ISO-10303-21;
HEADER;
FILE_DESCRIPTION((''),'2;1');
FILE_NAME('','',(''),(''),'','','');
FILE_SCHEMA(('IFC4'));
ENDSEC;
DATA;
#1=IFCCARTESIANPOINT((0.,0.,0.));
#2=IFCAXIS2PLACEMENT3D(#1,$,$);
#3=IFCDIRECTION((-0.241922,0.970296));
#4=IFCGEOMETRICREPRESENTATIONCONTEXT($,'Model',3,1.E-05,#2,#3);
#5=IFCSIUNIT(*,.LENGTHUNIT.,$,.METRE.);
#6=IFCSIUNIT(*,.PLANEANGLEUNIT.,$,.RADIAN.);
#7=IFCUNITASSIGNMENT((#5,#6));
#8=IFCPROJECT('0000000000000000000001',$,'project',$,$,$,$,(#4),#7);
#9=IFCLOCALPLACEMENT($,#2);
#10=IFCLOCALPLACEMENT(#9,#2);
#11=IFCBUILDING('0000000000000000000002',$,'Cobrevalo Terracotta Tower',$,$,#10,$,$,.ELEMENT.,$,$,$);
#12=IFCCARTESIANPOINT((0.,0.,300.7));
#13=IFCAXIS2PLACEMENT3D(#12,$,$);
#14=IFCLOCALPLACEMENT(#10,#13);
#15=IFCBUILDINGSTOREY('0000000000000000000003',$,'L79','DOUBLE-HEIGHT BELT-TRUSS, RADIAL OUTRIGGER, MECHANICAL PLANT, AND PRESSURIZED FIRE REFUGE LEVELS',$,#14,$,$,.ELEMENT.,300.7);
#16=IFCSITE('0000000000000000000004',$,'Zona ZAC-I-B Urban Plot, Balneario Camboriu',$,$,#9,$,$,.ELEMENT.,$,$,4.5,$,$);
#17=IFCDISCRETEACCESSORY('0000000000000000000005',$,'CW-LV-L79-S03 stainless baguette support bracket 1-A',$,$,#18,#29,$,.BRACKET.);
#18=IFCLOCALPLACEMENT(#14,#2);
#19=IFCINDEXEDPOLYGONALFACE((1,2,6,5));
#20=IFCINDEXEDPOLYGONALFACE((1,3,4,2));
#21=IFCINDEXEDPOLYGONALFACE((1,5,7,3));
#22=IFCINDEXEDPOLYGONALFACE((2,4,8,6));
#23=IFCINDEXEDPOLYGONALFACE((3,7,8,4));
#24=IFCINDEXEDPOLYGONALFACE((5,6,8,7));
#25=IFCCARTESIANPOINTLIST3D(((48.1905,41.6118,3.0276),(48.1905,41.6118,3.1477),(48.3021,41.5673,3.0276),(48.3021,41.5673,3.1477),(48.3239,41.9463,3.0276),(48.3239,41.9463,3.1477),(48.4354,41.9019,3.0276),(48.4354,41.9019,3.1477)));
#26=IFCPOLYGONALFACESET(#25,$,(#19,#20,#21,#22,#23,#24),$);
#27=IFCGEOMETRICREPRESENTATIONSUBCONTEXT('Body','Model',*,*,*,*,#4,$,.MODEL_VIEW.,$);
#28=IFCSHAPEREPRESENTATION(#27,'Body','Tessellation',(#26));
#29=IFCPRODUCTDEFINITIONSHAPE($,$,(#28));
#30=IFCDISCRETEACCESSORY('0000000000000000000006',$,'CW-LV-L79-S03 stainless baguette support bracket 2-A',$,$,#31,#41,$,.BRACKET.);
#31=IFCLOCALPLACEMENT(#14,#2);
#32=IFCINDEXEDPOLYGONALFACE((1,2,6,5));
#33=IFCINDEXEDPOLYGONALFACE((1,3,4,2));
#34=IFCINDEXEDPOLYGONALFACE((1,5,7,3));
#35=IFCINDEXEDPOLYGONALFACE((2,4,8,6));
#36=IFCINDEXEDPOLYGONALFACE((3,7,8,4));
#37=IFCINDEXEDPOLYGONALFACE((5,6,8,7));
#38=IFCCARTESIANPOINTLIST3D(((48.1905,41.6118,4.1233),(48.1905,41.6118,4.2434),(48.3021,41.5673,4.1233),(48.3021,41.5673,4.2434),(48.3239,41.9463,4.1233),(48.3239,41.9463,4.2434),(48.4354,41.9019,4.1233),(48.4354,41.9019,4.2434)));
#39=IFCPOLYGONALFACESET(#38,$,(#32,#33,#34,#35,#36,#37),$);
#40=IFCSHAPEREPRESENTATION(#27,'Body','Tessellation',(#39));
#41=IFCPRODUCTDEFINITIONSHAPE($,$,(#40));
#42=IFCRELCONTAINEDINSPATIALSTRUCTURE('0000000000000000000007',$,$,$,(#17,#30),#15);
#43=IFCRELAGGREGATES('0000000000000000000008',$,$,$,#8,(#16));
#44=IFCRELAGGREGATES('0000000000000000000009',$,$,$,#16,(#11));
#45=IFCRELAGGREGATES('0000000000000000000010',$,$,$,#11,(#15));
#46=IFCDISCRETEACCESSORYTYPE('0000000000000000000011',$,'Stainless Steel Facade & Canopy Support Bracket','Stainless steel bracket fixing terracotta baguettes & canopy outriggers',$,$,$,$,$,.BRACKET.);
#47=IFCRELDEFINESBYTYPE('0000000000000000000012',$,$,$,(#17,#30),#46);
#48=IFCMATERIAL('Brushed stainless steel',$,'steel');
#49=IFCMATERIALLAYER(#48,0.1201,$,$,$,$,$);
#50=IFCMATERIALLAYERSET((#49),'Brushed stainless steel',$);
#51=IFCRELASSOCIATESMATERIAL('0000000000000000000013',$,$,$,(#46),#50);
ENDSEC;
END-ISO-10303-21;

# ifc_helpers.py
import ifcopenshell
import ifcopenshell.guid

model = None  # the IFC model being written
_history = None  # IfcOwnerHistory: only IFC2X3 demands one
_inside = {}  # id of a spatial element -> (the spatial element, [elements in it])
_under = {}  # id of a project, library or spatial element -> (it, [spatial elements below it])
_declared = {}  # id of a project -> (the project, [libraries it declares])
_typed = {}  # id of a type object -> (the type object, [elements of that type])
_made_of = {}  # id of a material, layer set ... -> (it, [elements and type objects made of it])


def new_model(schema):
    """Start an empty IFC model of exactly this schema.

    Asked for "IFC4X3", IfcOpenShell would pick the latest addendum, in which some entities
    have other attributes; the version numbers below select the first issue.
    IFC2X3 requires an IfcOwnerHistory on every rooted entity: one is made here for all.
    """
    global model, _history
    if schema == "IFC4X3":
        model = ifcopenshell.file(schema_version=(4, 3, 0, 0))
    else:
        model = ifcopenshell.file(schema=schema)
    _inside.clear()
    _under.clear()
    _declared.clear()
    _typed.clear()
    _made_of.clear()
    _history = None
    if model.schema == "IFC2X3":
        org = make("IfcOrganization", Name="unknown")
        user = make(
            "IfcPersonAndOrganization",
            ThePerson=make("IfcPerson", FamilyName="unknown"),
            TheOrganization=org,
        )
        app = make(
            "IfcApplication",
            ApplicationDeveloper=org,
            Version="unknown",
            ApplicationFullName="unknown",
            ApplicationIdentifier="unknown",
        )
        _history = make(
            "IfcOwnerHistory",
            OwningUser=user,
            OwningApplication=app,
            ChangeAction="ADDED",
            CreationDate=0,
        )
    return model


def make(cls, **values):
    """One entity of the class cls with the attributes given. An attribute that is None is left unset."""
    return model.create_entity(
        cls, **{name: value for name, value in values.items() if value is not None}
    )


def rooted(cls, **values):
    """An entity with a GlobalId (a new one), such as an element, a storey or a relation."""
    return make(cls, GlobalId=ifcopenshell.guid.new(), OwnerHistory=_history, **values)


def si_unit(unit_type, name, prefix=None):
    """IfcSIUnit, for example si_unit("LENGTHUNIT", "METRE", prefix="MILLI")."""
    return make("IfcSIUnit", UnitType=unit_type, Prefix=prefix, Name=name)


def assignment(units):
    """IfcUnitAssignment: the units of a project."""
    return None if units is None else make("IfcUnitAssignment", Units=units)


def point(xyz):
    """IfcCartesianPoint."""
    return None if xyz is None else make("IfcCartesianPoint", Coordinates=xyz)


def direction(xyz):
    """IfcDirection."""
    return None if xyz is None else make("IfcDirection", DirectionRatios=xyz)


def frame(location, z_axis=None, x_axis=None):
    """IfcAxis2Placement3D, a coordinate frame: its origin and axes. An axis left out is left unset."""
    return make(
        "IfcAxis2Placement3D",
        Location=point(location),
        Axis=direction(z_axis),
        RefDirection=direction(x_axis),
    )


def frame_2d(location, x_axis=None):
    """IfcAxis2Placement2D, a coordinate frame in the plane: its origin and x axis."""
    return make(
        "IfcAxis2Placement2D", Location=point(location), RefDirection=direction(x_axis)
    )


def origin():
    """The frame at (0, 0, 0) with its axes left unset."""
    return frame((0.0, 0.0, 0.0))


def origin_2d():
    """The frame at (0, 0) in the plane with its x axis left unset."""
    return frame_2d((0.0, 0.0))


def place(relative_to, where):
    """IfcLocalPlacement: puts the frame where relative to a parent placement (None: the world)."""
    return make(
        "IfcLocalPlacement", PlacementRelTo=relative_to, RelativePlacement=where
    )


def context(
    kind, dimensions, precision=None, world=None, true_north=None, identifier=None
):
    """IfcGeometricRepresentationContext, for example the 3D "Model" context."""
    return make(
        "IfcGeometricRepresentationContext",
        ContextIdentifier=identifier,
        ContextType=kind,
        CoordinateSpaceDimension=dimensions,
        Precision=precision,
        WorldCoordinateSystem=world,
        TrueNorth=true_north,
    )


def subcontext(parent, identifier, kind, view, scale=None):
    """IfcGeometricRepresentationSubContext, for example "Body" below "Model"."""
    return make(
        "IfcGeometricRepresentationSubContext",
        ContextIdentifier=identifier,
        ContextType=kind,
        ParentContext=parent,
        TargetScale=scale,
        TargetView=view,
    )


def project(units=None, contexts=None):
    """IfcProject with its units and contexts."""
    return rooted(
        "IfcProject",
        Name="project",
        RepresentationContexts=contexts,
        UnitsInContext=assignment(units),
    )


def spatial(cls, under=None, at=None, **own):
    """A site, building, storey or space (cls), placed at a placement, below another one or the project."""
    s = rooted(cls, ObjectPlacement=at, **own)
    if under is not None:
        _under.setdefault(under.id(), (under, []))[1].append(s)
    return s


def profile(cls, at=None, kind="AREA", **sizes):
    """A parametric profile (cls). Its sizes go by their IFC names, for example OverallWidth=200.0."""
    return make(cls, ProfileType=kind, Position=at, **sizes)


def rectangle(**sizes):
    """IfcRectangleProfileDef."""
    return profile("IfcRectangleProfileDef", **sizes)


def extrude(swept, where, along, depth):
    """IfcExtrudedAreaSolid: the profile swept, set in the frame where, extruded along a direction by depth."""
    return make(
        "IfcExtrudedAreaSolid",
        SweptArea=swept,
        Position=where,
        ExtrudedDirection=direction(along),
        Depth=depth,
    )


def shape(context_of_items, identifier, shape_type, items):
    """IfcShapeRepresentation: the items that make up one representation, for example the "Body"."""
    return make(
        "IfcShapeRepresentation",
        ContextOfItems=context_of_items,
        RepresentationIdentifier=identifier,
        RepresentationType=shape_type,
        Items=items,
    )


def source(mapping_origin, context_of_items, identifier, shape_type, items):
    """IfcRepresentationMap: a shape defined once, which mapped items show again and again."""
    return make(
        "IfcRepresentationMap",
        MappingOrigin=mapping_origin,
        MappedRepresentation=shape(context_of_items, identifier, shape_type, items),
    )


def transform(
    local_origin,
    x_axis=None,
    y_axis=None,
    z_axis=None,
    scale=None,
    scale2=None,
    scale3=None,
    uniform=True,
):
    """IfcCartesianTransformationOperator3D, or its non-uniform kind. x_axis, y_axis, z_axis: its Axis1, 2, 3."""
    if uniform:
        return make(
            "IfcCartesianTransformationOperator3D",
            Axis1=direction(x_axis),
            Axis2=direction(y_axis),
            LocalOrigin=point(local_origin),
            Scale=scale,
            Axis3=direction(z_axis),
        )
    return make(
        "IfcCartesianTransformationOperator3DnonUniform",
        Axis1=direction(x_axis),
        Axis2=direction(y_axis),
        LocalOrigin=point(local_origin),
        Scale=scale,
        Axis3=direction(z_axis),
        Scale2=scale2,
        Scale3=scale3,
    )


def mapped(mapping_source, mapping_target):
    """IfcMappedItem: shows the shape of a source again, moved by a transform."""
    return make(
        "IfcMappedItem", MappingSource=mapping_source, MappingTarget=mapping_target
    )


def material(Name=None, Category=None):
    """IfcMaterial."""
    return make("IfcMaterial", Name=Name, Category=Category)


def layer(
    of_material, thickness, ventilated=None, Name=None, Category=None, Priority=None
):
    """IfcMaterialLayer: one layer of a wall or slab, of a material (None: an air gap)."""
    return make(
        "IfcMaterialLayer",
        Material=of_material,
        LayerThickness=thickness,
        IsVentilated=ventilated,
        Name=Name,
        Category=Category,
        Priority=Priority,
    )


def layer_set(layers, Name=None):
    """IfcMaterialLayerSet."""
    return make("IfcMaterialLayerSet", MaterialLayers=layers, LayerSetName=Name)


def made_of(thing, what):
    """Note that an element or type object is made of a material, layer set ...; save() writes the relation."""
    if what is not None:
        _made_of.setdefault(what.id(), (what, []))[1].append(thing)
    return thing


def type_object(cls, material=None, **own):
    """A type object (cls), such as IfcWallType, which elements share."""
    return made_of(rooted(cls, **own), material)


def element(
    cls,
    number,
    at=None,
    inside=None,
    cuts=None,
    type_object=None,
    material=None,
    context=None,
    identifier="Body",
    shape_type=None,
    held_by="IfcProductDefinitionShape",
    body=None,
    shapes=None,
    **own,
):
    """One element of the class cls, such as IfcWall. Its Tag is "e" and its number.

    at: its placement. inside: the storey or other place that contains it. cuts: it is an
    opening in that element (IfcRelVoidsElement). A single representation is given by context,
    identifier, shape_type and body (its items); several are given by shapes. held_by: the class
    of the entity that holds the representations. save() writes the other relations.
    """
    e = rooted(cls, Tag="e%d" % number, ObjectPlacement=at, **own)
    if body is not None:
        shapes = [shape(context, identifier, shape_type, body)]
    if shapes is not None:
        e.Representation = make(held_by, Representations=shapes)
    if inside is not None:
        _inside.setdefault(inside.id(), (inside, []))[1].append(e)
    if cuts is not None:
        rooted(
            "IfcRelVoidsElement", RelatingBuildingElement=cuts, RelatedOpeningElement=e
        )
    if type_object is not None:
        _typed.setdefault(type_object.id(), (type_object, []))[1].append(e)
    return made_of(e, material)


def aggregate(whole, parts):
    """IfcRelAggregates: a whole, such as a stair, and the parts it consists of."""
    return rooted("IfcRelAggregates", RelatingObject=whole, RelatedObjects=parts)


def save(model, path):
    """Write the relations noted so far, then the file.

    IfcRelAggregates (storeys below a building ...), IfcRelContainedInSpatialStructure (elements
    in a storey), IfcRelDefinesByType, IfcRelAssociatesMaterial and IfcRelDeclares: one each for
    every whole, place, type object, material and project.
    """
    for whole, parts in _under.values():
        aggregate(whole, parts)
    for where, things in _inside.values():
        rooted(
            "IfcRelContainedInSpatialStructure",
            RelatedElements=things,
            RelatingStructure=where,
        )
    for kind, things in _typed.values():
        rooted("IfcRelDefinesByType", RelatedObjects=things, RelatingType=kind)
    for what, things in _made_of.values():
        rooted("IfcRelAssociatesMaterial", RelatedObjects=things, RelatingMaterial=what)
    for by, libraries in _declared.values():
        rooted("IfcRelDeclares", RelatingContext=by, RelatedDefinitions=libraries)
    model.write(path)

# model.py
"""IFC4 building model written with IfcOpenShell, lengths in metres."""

from ifc_helpers import new_model, si_unit, direction, frame, origin, origin_2d, place, context, subcontext, project, spatial, rectangle, extrude, source, transform, mapped, material, layer, layer_set, type_object, element, save


model = new_model("IFC4")

# Units and contexts
model_context = context("Model", 3, precision=1e-05, world=origin(), true_north=direction((-0.241922, 0.970296)))
body_context = subcontext(model_context, "Body", "Model", "MODEL_VIEW")
ifc_project = project(units=[si_unit("LENGTHUNIT", "METRE"), si_unit("PLANEANGLEUNIT", "RADIAN")], contexts=[model_context])

# Site, building, storey
site_placement = place(None, origin())
site = spatial("IfcSite", under=ifc_project, at=site_placement, Name="Zona ZAC-I-B Urban Plot, Balneario Camboriu", CompositionType="ELEMENT", RefElevation=4.5)
building_placement = place(site_placement, origin())
building = spatial("IfcBuilding", under=site, at=building_placement, Name="Cobrevalo Terracotta Tower", CompositionType="ELEMENT")
storey_placement = place(building_placement, frame((0.0, 0.0, 300.7)))
storey = spatial("IfcBuildingStorey", under=building, at=storey_placement, Name="L79", Description="DOUBLE-HEIGHT BELT-TRUSS, RADIAL OUTRIGGER, MECHANICAL PLANT, AND PRESSURIZED FIRE REFUGE LEVELS", CompositionType="ELEMENT", Elevation=300.7)

# Discrete accessories
ifc_material_1 = material(Name="Brushed stainless steel", Category="steel")
ifc_layer_1 = layer(ifc_material_1, 0.1201)
ifc_layer_set_1 = layer_set([ifc_layer_1], Name="Brushed stainless steel")
discrete_accessory_type = type_object("IfcDiscreteAccessoryType", Name="Stainless Steel Facade & Canopy Support Bracket", Description="Stainless steel bracket fixing terracotta baguettes & canopy outriggers", PredefinedType="BRACKET", material=ifc_layer_set_1)
shared_shape_1 = source(origin(), body_context, "Body", "SweptSolid", [
    extrude(rectangle(XDim=0.1201, YDim=0.3601, at=origin_2d()), origin(), (0.0, 0.0, 1.0), 0.1201),
])
for number, where, z_axis, x_axis, name in (
    (1, (48.313, 41.7568, 3.0276), (0.0, 0.0, 1.0), (-0.928925, 0.370269, 0.0), "CW-LV-L79-S03 stainless baguette support bracket 1-A"),
    (2, (48.313, 41.7568, 4.1233), (0.0, 0.0, 1.0), (-0.928925, 0.370269, 0.0), "CW-LV-L79-S03 stainless baguette support bracket 2-A"),
):
    element("IfcDiscreteAccessory", number, at=place(storey_placement, frame(where, z_axis=z_axis, x_axis=x_axis)), inside=storey, type_object=discrete_accessory_type, Name=name, PredefinedType="BRACKET", context=body_context, shape_type="MappedRepresentation", body=[
        mapped(shared_shape_1, transform((0.0, 0.0, 0.0), scale=1.0)),
    ])

save(model, "model.ifc")
